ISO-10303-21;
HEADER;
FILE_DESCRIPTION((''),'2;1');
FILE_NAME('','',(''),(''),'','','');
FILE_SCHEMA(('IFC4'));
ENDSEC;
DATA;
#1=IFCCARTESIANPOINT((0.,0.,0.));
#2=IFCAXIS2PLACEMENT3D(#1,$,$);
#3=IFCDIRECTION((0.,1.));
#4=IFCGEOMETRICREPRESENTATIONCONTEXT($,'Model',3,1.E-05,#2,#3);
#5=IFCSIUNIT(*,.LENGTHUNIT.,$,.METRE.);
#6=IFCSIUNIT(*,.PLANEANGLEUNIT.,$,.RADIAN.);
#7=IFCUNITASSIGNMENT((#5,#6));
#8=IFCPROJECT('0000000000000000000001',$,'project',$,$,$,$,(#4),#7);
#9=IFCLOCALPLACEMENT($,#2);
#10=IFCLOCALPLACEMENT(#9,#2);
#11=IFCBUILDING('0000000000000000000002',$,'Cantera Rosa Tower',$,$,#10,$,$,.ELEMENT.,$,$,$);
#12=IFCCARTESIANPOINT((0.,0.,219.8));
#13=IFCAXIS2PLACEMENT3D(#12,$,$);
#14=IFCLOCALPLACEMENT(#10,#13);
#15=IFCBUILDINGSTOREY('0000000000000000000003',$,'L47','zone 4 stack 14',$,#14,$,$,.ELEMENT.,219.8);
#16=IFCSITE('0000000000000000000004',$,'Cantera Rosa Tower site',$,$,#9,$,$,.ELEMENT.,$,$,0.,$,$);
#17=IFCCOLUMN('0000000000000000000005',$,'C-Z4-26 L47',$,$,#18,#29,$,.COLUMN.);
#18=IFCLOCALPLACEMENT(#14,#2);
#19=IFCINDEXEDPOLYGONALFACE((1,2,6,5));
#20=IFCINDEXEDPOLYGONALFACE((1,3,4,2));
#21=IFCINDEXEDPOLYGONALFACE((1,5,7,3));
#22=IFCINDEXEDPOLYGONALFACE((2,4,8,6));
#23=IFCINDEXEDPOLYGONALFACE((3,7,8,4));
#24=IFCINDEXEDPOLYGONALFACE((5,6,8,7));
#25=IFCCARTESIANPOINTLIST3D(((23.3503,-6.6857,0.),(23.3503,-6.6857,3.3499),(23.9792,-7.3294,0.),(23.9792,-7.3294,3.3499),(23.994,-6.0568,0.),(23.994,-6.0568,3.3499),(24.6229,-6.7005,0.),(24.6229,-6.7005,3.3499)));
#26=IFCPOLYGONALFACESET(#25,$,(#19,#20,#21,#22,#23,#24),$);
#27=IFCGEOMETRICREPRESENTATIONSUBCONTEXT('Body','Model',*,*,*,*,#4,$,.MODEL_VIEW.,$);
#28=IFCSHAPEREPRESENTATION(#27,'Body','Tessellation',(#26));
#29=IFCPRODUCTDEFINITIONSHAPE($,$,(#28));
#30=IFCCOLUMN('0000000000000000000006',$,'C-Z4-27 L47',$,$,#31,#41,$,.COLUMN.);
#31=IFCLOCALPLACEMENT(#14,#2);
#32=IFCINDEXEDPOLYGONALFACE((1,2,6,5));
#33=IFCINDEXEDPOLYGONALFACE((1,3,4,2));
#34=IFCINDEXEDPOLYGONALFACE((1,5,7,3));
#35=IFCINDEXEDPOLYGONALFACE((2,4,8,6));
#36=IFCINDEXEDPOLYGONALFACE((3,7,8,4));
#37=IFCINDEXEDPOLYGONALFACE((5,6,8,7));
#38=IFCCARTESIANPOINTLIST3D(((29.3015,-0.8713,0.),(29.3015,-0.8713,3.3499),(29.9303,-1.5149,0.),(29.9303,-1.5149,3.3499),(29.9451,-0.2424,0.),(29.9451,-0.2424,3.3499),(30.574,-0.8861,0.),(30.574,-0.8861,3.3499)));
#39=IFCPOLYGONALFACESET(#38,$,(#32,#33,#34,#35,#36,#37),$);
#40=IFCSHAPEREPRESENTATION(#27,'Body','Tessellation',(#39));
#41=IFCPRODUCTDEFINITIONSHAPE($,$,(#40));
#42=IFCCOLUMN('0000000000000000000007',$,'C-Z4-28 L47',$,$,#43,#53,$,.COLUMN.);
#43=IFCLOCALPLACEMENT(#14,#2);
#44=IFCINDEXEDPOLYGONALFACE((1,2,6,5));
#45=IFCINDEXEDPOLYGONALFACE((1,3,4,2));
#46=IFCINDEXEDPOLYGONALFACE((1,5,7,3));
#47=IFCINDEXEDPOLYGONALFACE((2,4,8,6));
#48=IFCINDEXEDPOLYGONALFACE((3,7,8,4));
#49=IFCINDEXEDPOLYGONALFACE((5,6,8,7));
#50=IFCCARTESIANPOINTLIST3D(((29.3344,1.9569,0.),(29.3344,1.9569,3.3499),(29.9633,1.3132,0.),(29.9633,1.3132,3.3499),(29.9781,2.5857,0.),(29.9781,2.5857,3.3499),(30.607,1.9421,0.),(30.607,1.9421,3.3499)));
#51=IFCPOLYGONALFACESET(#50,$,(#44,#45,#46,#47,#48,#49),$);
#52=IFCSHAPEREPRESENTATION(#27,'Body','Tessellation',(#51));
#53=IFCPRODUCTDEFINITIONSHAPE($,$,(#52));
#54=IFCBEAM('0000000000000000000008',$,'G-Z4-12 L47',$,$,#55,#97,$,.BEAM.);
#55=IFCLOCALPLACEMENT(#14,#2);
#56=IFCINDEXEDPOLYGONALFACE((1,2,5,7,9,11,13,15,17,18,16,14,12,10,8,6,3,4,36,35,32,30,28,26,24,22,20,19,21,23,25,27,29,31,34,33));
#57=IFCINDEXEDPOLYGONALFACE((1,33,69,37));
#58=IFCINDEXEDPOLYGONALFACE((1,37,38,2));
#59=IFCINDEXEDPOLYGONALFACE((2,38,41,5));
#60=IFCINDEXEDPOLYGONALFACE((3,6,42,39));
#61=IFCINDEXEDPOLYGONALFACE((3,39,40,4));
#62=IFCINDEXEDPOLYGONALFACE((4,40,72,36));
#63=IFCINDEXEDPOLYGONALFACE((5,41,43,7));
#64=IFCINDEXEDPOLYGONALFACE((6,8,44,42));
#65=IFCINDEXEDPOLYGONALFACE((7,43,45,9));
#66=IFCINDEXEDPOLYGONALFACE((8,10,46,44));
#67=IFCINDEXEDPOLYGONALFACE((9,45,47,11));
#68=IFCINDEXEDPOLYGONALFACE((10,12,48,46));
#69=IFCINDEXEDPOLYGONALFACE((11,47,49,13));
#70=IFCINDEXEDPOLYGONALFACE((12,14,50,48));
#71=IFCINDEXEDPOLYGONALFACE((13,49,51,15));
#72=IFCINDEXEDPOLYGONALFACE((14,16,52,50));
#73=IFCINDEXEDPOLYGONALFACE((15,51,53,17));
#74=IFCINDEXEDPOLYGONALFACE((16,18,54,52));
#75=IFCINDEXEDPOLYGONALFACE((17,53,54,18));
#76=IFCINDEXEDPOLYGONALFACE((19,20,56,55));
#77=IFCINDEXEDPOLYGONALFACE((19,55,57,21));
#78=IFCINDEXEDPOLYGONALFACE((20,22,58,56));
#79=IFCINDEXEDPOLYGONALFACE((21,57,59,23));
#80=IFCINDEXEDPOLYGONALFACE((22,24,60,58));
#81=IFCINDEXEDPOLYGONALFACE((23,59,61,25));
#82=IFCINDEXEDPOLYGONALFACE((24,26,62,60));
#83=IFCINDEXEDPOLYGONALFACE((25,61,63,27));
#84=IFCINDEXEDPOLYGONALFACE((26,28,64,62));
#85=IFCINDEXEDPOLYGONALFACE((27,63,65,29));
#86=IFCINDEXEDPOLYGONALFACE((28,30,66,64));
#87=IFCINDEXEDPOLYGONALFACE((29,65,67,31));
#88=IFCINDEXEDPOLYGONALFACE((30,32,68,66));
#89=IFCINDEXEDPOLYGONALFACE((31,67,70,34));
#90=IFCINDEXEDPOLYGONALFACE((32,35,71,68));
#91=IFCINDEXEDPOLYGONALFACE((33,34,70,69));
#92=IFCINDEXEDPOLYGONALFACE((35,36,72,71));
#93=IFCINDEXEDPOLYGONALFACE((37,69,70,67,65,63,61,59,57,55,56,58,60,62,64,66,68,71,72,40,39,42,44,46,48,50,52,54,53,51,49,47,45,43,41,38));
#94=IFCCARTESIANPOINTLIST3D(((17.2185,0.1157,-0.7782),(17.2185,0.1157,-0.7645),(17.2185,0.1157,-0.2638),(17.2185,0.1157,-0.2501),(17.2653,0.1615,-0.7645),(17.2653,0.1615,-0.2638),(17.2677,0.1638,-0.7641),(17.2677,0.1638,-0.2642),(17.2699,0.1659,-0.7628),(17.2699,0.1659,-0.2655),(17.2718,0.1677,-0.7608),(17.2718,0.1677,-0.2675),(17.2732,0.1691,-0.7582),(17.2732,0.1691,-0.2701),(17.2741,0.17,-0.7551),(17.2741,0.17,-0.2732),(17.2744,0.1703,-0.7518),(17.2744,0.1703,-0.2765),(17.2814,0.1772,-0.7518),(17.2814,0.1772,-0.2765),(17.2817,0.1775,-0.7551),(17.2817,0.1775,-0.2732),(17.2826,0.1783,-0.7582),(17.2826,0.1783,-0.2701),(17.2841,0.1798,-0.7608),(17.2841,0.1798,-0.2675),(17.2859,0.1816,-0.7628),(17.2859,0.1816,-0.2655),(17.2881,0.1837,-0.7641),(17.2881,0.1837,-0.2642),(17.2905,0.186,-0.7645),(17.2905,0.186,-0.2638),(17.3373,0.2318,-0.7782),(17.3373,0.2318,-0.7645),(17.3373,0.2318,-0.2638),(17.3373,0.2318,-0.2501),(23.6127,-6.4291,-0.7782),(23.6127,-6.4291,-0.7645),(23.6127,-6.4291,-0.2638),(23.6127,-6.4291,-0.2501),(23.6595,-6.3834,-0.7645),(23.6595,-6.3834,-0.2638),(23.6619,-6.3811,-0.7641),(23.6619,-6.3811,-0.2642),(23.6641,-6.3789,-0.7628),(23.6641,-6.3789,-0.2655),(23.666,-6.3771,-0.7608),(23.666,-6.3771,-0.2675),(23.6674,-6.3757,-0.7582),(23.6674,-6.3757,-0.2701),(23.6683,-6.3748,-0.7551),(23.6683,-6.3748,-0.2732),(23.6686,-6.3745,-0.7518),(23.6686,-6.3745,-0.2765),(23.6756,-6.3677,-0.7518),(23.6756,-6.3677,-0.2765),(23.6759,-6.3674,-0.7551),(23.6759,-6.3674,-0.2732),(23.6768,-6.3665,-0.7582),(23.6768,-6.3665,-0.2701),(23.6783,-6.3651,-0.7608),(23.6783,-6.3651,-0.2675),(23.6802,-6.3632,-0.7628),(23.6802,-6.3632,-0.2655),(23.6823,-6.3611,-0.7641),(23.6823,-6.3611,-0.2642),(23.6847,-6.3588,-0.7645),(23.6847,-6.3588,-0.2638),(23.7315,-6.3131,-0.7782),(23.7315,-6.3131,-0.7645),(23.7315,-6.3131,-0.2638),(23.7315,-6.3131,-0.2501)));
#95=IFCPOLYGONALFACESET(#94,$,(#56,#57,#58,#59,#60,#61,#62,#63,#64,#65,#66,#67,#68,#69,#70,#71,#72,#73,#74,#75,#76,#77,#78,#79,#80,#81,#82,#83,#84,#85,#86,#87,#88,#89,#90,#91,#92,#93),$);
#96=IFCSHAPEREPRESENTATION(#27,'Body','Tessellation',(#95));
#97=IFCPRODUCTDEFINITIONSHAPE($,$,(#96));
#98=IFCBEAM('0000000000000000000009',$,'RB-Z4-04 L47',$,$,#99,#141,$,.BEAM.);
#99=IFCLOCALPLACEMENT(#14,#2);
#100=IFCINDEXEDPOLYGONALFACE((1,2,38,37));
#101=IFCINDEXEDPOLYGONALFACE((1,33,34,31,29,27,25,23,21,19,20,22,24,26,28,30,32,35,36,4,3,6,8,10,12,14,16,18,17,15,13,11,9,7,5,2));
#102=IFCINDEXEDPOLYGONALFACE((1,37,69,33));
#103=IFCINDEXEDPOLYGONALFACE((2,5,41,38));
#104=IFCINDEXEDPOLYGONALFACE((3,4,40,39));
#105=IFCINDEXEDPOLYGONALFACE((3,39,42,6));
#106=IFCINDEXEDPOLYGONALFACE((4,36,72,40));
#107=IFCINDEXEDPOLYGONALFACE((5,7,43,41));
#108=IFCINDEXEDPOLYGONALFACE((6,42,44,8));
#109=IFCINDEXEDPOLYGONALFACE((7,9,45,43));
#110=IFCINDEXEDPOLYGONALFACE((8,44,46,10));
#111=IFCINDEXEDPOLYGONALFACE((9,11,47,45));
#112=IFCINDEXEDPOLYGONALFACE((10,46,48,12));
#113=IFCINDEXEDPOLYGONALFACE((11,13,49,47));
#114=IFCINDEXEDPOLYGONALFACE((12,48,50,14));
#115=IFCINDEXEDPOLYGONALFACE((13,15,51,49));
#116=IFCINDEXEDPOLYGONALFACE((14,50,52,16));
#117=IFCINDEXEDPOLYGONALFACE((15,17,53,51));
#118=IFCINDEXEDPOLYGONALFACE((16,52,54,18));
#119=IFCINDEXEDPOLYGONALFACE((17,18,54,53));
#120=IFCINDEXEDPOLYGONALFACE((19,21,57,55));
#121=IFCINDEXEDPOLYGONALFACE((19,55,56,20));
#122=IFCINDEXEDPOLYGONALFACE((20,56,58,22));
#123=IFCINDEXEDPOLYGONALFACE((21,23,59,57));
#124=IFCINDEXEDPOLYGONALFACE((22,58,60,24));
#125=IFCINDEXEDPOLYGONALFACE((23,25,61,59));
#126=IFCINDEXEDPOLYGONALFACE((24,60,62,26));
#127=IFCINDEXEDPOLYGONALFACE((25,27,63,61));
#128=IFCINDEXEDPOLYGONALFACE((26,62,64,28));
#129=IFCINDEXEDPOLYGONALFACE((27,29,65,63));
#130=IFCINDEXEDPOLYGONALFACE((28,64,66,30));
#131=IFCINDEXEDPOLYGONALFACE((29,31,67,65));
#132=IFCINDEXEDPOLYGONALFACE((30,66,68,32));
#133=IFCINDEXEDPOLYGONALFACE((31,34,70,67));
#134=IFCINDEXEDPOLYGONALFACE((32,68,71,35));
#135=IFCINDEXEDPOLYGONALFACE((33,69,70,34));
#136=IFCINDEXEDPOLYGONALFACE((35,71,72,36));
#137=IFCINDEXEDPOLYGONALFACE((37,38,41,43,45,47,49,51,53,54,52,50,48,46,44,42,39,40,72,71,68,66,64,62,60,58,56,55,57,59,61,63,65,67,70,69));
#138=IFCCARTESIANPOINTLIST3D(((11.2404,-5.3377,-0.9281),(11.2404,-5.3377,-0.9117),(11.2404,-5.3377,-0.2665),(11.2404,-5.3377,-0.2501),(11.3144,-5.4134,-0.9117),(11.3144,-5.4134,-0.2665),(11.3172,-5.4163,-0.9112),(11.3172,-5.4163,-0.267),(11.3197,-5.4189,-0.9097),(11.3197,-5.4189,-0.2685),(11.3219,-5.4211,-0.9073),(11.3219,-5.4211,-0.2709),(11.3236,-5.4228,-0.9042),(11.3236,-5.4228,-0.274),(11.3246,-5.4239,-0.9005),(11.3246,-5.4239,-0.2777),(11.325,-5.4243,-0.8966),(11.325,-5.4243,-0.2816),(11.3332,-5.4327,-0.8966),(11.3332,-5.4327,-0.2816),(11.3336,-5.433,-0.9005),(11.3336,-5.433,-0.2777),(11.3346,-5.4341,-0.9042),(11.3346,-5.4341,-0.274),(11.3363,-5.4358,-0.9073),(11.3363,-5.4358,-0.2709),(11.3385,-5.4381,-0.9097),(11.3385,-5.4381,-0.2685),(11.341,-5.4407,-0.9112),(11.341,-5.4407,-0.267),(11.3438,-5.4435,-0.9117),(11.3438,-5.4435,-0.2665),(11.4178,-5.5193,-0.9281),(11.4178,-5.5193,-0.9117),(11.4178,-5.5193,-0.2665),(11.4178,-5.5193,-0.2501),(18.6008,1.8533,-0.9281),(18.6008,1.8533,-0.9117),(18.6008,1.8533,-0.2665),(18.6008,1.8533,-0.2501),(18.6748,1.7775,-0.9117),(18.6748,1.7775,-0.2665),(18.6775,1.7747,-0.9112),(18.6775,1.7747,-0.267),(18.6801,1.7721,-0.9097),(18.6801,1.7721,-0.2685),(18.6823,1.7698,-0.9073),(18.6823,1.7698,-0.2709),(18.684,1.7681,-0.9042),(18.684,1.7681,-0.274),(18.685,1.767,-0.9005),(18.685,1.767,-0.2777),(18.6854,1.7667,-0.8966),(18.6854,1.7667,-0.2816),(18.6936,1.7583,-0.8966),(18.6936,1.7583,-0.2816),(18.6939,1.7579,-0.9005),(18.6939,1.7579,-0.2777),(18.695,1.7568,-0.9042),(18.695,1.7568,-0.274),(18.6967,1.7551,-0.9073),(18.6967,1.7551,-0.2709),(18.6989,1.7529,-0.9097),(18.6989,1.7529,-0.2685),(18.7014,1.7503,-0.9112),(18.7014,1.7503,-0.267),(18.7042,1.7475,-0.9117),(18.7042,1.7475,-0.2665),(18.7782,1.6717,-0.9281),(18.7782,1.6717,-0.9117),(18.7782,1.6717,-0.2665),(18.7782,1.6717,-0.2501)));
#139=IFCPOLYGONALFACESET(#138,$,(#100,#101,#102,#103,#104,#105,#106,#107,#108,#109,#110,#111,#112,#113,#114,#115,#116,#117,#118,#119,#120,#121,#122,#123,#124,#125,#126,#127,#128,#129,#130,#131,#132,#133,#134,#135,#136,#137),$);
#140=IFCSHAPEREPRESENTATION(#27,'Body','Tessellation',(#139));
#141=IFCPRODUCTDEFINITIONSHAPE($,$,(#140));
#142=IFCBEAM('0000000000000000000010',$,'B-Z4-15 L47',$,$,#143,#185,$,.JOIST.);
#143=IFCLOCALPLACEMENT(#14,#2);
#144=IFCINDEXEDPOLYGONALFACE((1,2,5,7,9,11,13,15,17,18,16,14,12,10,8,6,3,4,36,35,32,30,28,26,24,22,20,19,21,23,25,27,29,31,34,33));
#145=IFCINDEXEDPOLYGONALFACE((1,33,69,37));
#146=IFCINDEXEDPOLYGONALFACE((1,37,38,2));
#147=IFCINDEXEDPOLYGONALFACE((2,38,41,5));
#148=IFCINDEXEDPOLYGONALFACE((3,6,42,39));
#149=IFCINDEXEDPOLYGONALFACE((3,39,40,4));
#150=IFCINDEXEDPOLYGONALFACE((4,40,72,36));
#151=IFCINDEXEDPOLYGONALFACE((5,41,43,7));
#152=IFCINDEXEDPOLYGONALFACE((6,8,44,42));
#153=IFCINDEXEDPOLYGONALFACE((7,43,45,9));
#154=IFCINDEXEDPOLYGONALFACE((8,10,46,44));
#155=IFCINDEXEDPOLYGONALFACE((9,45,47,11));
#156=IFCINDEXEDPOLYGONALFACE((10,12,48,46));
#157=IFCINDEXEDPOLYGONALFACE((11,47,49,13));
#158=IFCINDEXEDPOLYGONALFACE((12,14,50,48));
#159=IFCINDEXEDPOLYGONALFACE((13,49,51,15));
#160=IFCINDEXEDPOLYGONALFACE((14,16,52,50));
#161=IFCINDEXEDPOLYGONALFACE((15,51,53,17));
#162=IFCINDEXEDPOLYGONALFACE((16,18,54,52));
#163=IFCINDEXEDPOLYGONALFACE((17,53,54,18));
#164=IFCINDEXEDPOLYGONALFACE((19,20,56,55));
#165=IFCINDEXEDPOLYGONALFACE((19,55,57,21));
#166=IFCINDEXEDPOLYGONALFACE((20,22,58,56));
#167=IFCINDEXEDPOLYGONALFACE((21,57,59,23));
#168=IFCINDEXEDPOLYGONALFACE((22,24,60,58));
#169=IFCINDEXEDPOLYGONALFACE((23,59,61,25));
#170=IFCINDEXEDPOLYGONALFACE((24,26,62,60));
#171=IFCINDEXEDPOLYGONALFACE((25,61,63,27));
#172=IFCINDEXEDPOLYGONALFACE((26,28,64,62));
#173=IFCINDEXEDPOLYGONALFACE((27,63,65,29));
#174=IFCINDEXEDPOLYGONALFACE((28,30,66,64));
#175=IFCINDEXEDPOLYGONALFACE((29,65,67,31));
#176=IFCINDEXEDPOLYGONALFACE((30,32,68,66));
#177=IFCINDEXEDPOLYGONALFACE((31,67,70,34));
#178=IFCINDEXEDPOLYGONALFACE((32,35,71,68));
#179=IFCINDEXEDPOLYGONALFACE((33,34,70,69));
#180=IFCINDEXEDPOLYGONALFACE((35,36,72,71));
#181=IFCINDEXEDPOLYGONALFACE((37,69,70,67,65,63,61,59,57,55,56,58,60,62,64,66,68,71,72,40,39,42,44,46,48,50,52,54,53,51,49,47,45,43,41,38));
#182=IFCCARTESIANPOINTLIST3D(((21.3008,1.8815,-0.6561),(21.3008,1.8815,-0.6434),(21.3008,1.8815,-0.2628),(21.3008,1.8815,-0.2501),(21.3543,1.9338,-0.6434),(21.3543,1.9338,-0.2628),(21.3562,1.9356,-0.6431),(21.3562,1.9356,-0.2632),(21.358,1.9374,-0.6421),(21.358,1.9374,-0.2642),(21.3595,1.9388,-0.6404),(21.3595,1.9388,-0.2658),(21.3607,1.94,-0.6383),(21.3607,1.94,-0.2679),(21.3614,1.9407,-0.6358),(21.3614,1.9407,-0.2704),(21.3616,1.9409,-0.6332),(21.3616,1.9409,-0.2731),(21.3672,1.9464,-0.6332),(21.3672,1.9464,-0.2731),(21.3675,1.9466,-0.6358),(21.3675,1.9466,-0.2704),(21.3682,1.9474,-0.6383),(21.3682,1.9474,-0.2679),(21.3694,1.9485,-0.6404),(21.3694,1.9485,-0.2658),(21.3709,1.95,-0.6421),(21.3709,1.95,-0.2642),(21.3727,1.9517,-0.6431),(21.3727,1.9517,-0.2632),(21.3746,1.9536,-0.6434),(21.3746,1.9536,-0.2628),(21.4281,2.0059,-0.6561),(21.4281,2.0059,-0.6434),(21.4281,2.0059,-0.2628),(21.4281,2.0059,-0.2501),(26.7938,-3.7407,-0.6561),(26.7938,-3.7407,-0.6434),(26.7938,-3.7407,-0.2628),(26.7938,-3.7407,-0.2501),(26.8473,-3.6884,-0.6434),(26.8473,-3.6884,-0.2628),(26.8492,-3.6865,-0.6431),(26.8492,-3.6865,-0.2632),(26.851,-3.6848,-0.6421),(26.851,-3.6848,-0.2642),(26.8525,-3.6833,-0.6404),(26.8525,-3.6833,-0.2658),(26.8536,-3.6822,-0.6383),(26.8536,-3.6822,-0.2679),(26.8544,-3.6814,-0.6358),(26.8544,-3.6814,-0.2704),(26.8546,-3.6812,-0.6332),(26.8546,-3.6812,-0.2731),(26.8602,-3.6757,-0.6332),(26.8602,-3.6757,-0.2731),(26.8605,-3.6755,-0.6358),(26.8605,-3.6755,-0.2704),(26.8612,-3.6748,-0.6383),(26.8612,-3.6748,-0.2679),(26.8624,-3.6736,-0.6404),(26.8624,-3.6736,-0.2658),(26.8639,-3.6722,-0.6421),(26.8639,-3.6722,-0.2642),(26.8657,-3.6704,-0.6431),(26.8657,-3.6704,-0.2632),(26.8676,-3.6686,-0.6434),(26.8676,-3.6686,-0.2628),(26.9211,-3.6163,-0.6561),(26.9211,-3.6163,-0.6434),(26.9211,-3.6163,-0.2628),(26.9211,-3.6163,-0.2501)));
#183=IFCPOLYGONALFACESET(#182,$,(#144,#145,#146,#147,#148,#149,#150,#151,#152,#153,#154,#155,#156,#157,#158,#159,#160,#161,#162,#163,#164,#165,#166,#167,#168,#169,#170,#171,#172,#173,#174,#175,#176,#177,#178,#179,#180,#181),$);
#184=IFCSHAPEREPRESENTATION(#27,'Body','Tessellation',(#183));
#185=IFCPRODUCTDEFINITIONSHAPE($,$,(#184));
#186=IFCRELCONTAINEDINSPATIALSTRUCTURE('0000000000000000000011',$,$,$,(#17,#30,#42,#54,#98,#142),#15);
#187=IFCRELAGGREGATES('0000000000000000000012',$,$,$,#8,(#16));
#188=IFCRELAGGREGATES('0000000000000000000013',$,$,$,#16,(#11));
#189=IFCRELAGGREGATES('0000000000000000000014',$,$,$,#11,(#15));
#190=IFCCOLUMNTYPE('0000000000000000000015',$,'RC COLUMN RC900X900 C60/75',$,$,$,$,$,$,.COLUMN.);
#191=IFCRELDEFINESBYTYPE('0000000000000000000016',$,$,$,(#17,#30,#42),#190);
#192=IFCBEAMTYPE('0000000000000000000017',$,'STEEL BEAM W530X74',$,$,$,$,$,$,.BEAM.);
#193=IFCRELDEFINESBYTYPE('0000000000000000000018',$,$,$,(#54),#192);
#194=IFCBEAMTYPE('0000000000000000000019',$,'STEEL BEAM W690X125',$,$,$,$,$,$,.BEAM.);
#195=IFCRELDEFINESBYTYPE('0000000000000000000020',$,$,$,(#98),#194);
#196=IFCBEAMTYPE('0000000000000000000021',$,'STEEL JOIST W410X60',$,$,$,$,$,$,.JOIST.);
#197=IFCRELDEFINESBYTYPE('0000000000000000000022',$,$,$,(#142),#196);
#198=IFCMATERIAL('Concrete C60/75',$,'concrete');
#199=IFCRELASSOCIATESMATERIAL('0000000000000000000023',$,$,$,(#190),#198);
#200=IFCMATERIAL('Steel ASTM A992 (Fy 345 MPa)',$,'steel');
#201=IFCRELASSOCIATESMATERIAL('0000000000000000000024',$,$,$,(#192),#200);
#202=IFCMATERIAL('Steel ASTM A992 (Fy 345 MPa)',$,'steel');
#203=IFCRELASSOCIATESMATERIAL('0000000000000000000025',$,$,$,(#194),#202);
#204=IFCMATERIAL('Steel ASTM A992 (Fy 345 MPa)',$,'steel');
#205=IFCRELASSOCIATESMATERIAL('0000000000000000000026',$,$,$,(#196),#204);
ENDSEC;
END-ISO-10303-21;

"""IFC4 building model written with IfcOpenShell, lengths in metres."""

from ifc_helpers import new_model, si_unit, direction, frame, origin, origin_2d, place, context, subcontext, project, spatial, rectangle, i_section, extrude, material, material_profile, profile_set, type_object, element, save


model = new_model("IFC4")

# Units and contexts
model_context = context("Model", 3, precision=1e-05, world=origin(), true_north=direction((0.0, 1.0)))
body_context = subcontext(model_context, "Body", "Model", "MODEL_VIEW")
ifc_project = project(units=[si_unit("LENGTHUNIT", "METRE"), si_unit("PLANEANGLEUNIT", "RADIAN")], contexts=[model_context])

# Site, building, storey
site_placement = place(None, origin())
site = spatial("IfcSite", under=ifc_project, at=site_placement, Name="Cantera Rosa Tower site", CompositionType="ELEMENT", RefElevation=0.0)
building_placement = place(site_placement, origin())
building = spatial("IfcBuilding", under=site, at=building_placement, Name="Cantera Rosa Tower", CompositionType="ELEMENT")
storey_placement = place(building_placement, frame((0.0, 0.0, 219.8)))
storey = spatial("IfcBuildingStorey", under=building, at=storey_placement, Name="L47", Description="zone 4 stack 14", CompositionType="ELEMENT", Elevation=219.8)

# Columns
ifc_material_1 = material(Name="Concrete C60/75", Category="concrete")
ifc_material_profile_1 = material_profile(ifc_material_1, rectangle(XDim=0.8999, YDim=0.8999, at=origin_2d()), Name="RC COLUMN RC900X900 C60/75")
ifc_profile_set_1 = profile_set([ifc_material_profile_1], Name="Concrete C60/75")
column_type = type_object("IfcColumnType", Name="RC COLUMN RC900X900 C60/75", PredefinedType="COLUMN", material=ifc_profile_set_1)
for number, where, z_axis, x_axis, name in (
    (1, (23.9866, -6.6931, 0.0), (0.0, 0.0, 1.0), (0.715286, 0.698832, 0.0), "C-Z4-26 L47"),
    (2, (29.9377, -0.8787, 0.0), (0.0, 0.0, 1.0), (0.715286, 0.698832, 0.0), "C-Z4-27 L47"),
    (3, (29.9707, 1.9495, 0.0), (0.0, 0.0, 1.0), (0.715286, 0.698832, 0.0), "C-Z4-28 L47"),
):
    element("IfcColumn", number, at=place(storey_placement, frame(where, z_axis=z_axis, x_axis=x_axis)), inside=storey, type_object=column_type, Name=name, PredefinedType="COLUMN", context=body_context, shape_type="SweptSolid", body=[
        extrude(rectangle(XDim=0.8999, YDim=0.8999, at=origin_2d()), origin(), (0.0, 0.0, 1.0), 3.3499),
    ])

# Beams
ifc_material_2 = material(Name="Steel ASTM A992 (Fy 345 MPa)", Category="steel")
ifc_material_profile_2 = material_profile(ifc_material_2, i_section(OverallWidth=0.166, OverallDepth=0.5281, WebThickness=0.0098, FlangeThickness=0.0137, FilletRadius=0.0127, at=origin_2d()), Name="W530X74")
ifc_profile_set_2 = profile_set([ifc_material_profile_2], Name="Steel ASTM A992 (Fy 345 MPa)")
beam_type_1 = type_object("IfcBeamType", Name="STEEL BEAM W530X74", PredefinedType="BEAM", material=ifc_profile_set_2)
beam_1_placement = place(storey_placement, frame((23.6721, -6.3711, -0.5142), z_axis=(-0.698827, 0.71529, 0.0), x_axis=(-0.71529, -0.698827, 0.0)))
element("IfcBeam", 4, at=beam_1_placement, inside=storey, type_object=beam_type_1, Name="G-Z4-12 L47", PredefinedType="BEAM", context=body_context, shape_type="SweptSolid", body=[
    extrude(i_section(OverallWidth=0.166, OverallDepth=0.5281, WebThickness=0.0098, FlangeThickness=0.0137, FilletRadius=0.0127, at=origin_2d()), origin(), (0.0, 0.0, 1.0), 9.1499),
])
ifc_material_3 = material(Name="Steel ASTM A992 (Fy 345 MPa)", Category="steel")
ifc_material_profile_3 = material_profile(ifc_material_3, i_section(OverallWidth=0.2539, OverallDepth=0.678, WebThickness=0.0117, FlangeThickness=0.0164, FilletRadius=0.0151, at=origin_2d()), Name="W690X125")
ifc_profile_set_3 = profile_set([ifc_material_profile_3], Name="Steel ASTM A992 (Fy 345 MPa)")
beam_type_2 = type_object("IfcBeamType", Name="STEEL BEAM W690X125", PredefinedType="BEAM", material=ifc_profile_set_3)
beam_2_placement = place(storey_placement, frame((11.3291, -5.4285, -0.5891), z_axis=(0.715292, 0.698826, 0.0), x_axis=(-0.698826, 0.715292, 0.0)))
element("IfcBeam", 5, at=beam_2_placement, inside=storey, type_object=beam_type_2, Name="RB-Z4-04 L47", PredefinedType="BEAM", context=body_context, shape_type="SweptSolid", body=[
    extrude(i_section(OverallWidth=0.2539, OverallDepth=0.678, WebThickness=0.0117, FlangeThickness=0.0164, FilletRadius=0.0151, at=origin_2d()), origin(), (0.0, 0.0, 1.0), 10.29),
])
ifc_material_4 = material(Name="Steel ASTM A992 (Fy 345 MPa)", Category="steel")
ifc_material_profile_4 = material_profile(ifc_material_4, i_section(OverallWidth=0.178, OverallDepth=0.406, WebThickness=0.0078, FlangeThickness=0.0127, FilletRadius=0.0103, at=origin_2d()), Name="W410X60")
ifc_profile_set_4 = profile_set([ifc_material_profile_4], Name="Steel ASTM A992 (Fy 345 MPa)")
beam_type_3 = type_object("IfcBeamType", Name="STEEL JOIST W410X60", PredefinedType="JOIST", material=ifc_profile_set_4)
beam_3_placement = place(storey_placement, frame((26.8574, -3.6785, -0.4531), z_axis=(-0.698843, 0.715275, 0.0), x_axis=(-0.715275, -0.698843, 0.0)))
element("IfcBeam", 6, at=beam_3_placement, inside=storey, type_object=beam_type_3, Name="B-Z4-15 L47", PredefinedType="JOIST", context=body_context, shape_type="SweptSolid", body=[
    extrude(i_section(OverallWidth=0.178, OverallDepth=0.406, WebThickness=0.0078, FlangeThickness=0.0127, FilletRadius=0.0103, at=origin_2d()), origin(), (0.0, 0.0, 1.0), 7.8601),
])

save(model, "model.ifc")
